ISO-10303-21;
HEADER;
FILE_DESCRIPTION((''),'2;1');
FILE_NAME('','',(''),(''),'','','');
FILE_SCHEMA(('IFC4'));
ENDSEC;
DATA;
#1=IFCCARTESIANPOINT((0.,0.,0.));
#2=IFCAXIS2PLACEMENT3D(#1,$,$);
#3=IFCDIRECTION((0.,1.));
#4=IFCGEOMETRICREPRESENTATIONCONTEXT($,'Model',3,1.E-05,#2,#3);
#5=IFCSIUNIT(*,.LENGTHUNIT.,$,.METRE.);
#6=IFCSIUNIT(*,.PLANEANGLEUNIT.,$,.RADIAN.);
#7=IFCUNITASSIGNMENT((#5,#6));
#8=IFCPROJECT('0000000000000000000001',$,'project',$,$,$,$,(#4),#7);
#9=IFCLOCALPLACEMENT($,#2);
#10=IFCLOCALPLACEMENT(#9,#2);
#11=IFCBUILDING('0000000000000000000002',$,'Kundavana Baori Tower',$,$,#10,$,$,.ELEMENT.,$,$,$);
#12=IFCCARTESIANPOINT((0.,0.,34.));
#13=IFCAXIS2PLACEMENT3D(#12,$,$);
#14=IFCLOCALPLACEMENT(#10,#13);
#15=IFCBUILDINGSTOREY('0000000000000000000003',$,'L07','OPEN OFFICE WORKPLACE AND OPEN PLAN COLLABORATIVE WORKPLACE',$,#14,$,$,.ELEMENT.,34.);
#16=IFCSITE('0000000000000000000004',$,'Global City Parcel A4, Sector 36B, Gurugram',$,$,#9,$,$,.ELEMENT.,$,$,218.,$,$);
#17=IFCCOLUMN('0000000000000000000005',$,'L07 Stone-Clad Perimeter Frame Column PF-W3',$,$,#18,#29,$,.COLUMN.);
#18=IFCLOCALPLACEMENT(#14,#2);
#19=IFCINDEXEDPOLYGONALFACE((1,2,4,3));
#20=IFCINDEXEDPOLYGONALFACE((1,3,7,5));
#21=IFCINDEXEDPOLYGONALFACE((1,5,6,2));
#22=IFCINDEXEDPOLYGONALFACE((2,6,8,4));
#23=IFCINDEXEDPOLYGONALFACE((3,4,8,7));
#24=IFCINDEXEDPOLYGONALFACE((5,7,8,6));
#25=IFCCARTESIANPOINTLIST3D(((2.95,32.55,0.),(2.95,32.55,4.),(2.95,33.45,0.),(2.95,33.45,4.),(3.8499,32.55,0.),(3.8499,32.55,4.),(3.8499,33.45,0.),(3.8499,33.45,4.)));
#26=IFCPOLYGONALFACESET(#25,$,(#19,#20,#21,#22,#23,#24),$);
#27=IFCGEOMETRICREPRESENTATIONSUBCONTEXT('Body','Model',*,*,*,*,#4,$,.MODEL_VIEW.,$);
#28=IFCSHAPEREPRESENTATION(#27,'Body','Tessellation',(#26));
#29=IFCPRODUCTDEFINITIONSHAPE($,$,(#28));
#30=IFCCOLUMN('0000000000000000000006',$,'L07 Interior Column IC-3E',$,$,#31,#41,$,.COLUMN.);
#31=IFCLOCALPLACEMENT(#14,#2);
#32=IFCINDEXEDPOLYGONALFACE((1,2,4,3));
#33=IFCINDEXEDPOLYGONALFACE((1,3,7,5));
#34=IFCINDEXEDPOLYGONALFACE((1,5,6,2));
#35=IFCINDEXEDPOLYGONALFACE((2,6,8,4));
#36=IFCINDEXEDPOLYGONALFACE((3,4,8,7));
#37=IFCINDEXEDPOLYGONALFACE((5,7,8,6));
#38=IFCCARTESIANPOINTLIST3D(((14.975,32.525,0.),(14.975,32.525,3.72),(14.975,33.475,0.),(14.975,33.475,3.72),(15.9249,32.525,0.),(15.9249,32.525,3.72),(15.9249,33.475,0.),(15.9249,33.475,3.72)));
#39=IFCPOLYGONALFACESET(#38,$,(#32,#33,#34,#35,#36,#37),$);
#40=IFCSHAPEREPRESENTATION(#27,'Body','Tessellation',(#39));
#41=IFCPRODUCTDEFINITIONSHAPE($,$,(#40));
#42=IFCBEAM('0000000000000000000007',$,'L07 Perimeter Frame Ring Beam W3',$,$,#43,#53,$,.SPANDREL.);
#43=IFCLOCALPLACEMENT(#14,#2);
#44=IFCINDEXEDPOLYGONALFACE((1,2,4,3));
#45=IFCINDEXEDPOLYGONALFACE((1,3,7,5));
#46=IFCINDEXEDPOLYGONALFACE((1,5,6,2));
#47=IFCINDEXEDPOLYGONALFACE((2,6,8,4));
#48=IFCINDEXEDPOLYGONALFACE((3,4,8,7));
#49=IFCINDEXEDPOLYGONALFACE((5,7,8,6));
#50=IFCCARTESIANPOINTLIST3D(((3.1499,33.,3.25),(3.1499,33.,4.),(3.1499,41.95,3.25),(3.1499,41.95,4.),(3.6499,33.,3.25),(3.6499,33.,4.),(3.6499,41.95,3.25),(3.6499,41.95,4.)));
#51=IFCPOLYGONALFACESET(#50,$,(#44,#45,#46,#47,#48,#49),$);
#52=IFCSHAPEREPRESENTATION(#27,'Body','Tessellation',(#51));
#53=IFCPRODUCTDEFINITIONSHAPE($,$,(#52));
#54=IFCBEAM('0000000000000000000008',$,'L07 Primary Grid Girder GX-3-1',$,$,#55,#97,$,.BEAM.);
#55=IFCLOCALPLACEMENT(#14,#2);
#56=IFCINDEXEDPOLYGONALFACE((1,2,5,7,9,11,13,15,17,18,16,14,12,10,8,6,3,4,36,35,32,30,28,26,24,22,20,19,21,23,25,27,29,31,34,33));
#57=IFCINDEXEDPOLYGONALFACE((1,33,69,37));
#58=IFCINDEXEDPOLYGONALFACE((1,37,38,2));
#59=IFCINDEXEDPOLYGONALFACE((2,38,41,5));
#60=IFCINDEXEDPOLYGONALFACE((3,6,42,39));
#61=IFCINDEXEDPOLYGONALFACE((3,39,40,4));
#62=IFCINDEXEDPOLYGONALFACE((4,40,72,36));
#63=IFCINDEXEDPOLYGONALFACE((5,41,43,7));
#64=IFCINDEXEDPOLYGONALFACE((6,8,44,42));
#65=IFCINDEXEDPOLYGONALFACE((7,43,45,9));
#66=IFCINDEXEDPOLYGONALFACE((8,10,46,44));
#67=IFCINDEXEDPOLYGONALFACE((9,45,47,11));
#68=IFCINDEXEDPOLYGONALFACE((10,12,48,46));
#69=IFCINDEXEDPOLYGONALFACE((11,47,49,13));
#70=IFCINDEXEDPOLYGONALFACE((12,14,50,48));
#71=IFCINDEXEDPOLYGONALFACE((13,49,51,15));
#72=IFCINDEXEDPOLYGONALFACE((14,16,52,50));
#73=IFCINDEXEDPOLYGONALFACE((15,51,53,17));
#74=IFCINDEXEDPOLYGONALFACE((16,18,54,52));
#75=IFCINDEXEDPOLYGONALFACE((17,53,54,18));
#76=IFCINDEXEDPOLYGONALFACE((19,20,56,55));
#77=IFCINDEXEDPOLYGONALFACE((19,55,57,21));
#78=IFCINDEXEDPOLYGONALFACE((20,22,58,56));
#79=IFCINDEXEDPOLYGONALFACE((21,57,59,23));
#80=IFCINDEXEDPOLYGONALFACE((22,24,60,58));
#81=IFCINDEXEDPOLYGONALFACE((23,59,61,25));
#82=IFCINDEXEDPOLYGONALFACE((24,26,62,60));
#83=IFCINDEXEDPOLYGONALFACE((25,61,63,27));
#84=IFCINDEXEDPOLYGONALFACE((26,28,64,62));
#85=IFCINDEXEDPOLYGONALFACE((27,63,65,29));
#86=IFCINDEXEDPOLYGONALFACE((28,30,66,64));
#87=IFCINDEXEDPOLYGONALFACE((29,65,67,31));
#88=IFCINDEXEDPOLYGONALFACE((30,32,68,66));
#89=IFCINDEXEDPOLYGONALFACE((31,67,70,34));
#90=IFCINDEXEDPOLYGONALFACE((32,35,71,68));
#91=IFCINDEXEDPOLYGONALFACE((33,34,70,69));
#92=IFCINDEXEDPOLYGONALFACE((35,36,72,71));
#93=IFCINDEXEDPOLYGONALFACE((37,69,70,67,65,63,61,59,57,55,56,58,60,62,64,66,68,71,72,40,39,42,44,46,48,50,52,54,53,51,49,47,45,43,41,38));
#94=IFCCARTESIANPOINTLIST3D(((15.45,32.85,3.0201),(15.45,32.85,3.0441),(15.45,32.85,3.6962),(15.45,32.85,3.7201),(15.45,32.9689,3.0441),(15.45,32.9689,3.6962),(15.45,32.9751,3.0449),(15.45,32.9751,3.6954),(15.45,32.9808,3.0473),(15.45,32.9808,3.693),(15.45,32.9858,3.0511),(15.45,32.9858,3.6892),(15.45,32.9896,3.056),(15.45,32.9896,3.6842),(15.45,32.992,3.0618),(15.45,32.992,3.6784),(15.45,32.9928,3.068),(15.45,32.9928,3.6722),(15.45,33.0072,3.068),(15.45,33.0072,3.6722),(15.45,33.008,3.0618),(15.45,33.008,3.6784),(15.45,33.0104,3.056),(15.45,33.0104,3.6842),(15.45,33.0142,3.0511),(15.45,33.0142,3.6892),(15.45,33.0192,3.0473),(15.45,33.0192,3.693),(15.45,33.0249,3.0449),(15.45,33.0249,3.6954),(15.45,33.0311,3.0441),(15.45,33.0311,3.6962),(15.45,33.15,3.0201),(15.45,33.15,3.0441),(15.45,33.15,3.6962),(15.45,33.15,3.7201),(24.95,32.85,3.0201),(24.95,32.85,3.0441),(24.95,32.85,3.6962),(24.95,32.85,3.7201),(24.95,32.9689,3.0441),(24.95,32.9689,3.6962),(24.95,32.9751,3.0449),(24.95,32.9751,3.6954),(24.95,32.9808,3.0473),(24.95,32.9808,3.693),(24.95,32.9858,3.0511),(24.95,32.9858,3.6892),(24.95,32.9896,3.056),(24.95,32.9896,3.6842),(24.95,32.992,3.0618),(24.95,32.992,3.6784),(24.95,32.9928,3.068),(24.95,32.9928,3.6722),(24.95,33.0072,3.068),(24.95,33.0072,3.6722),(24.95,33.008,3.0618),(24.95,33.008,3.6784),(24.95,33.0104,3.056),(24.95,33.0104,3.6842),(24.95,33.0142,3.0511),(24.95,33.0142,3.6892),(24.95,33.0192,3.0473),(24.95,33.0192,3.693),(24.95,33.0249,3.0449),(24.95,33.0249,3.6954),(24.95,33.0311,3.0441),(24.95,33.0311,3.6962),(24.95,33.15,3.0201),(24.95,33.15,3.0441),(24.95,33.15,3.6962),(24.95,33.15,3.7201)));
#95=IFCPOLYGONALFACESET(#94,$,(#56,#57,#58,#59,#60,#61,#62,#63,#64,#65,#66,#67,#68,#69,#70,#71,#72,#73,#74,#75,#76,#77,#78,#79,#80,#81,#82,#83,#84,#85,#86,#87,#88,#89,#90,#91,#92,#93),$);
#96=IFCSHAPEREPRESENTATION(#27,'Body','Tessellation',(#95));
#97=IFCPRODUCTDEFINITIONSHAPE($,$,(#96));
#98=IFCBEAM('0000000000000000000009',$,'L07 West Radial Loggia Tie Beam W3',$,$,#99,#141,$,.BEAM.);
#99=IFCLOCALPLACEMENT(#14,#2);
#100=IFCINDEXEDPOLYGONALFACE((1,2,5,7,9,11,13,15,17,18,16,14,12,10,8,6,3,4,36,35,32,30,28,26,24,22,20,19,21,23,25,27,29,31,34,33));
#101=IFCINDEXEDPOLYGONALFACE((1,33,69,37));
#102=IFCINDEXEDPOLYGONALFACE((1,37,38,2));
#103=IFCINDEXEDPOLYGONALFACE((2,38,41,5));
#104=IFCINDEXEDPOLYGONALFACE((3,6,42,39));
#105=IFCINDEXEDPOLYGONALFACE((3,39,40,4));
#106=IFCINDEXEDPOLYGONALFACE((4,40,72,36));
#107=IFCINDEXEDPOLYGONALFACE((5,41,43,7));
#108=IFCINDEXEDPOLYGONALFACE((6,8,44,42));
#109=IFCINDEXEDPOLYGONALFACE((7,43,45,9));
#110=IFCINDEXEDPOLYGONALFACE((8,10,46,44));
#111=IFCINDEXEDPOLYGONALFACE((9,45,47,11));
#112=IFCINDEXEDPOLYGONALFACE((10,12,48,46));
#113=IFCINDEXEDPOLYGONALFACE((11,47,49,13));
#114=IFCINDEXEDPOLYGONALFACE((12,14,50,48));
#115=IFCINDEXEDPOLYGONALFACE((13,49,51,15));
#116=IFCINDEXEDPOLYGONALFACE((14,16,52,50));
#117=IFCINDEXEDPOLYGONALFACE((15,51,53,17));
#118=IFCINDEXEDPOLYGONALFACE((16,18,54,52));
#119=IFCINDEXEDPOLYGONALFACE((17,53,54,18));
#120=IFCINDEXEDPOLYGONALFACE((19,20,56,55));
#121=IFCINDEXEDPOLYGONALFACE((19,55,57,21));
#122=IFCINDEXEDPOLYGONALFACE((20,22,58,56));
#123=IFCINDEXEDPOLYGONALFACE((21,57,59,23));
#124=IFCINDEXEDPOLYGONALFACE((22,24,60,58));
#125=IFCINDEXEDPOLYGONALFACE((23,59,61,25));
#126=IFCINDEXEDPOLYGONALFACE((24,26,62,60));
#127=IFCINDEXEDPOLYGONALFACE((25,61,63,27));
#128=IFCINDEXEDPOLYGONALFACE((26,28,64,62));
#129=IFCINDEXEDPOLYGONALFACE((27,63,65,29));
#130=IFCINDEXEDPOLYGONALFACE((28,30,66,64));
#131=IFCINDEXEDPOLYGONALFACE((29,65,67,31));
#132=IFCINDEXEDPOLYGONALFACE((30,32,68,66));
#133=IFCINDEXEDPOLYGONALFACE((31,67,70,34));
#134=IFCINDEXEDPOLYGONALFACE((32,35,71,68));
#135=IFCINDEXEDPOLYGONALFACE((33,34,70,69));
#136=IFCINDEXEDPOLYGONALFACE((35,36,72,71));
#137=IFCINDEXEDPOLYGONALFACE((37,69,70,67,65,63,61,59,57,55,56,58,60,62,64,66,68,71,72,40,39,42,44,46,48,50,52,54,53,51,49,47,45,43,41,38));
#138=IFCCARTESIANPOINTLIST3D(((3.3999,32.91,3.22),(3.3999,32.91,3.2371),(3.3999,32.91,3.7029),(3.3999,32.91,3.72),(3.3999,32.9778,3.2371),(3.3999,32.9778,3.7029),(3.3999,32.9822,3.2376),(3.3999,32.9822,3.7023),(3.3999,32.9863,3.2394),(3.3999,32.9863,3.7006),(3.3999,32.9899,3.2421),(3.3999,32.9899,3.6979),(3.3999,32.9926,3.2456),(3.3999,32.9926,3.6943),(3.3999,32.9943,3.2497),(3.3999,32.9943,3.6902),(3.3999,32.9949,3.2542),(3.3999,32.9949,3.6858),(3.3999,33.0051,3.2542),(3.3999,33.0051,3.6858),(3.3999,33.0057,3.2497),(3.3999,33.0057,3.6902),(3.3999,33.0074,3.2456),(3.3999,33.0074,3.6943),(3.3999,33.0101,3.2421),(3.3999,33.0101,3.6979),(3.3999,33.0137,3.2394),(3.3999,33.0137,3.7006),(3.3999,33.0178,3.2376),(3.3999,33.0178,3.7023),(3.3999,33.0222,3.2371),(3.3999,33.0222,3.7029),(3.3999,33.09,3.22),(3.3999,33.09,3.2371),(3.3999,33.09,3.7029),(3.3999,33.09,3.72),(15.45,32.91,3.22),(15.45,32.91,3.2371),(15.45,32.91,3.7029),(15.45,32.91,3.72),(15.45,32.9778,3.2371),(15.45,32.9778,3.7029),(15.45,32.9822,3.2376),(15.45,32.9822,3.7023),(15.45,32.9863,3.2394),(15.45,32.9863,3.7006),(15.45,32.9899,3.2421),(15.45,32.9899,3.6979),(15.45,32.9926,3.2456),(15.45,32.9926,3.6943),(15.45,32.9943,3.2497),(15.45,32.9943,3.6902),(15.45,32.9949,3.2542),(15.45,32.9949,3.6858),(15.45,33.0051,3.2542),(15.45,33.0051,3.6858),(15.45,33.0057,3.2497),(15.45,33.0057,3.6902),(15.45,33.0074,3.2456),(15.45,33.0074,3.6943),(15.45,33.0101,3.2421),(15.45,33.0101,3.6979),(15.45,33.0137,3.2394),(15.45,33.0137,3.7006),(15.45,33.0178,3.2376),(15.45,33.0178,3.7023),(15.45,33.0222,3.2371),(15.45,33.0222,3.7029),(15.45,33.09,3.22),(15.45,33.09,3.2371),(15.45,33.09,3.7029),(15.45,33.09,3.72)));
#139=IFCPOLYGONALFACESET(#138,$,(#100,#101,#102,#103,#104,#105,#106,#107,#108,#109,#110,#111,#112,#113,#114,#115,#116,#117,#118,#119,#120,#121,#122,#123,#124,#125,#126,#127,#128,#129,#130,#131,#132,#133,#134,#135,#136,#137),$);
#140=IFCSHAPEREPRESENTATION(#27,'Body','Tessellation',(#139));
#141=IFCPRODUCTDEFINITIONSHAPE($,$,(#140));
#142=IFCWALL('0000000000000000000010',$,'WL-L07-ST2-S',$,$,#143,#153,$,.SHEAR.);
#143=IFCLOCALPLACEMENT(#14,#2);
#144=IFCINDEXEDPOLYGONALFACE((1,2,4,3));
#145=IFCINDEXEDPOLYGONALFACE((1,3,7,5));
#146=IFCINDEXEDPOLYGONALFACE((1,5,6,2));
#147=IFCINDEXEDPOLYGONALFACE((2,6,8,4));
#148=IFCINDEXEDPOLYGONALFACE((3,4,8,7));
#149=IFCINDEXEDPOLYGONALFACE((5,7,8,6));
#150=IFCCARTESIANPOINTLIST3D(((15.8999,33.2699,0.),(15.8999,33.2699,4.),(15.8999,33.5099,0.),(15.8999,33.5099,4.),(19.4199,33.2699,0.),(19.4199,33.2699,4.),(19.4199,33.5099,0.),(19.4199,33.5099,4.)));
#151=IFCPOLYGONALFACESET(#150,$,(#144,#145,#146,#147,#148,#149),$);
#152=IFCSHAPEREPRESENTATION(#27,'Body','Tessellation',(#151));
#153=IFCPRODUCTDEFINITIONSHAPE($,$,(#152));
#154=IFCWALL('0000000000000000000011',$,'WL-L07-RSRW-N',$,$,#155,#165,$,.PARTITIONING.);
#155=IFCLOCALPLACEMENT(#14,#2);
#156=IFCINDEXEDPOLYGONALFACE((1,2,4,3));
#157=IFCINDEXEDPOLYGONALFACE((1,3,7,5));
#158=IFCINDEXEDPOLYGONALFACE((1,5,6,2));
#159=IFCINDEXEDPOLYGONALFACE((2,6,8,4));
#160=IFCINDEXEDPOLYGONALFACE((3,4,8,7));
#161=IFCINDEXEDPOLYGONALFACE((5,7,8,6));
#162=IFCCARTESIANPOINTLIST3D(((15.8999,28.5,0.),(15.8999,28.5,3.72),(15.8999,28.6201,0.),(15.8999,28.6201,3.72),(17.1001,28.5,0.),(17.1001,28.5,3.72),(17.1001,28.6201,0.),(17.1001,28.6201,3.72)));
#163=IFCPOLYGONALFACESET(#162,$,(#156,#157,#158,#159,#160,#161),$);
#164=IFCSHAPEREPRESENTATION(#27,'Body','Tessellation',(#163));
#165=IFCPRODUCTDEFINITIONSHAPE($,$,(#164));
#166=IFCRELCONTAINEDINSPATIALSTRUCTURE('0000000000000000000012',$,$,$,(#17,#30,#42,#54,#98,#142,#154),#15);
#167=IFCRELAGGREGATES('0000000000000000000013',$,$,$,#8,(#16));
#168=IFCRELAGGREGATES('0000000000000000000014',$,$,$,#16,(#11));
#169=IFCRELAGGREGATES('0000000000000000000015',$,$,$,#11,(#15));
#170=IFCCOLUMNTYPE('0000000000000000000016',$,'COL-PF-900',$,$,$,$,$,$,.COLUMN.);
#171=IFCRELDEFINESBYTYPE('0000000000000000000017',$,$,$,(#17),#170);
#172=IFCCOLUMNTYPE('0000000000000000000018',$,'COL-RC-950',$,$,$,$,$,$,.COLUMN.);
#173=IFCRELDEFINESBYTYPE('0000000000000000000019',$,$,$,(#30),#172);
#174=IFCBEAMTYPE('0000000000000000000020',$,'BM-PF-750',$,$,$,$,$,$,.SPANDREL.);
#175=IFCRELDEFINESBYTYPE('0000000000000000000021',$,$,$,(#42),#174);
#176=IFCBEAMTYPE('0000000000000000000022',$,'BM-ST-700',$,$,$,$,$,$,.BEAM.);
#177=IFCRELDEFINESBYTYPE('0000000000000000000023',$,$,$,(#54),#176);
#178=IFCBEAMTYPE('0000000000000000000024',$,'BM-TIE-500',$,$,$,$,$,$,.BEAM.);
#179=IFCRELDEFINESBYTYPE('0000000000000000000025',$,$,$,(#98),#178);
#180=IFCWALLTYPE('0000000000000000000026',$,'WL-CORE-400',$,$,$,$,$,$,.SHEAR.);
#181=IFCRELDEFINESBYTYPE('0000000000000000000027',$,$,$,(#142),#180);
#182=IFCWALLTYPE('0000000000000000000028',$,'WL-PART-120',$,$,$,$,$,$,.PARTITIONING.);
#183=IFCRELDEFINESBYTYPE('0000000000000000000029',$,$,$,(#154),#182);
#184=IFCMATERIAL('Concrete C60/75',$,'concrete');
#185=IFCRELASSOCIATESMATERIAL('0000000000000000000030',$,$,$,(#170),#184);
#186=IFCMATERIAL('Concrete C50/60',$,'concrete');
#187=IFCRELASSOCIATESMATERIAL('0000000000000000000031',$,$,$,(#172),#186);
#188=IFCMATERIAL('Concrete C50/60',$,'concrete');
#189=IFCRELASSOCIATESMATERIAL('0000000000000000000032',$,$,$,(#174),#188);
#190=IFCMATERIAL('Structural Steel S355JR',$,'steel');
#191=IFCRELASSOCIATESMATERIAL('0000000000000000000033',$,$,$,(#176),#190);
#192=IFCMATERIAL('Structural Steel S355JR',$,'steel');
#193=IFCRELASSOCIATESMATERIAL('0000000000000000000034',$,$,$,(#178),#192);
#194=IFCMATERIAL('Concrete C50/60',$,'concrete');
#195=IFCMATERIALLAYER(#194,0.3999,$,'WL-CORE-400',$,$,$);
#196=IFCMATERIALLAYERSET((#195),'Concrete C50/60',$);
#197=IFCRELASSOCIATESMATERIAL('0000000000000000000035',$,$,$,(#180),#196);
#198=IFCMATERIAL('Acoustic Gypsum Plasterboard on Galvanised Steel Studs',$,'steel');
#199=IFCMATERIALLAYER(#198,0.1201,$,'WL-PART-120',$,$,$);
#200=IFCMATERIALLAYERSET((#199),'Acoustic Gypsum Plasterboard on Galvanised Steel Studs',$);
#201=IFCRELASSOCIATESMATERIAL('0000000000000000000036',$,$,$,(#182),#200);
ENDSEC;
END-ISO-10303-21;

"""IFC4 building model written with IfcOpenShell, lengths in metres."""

from ifc_helpers import new_model, si_unit, direction, frame, frame_2d, origin, origin_2d, place, context, subcontext, project, spatial, rectangle, i_section, extrude, material, layer, layer_set, material_profile, profile_set, type_object, element, save


model = new_model("IFC4")

# Units and contexts
model_context = context("Model", 3, precision=1e-05, world=origin(), true_north=direction((0.0, 1.0)))
body_context = subcontext(model_context, "Body", "Model", "MODEL_VIEW")
ifc_project = project(units=[si_unit("LENGTHUNIT", "METRE"), si_unit("PLANEANGLEUNIT", "RADIAN")], contexts=[model_context])

# Site, building, storey
site_placement = place(None, origin())
site = spatial("IfcSite", under=ifc_project, at=site_placement, Name="Global City Parcel A4, Sector 36B, Gurugram", CompositionType="ELEMENT", RefElevation=218.0)
building_placement = place(site_placement, origin())
building = spatial("IfcBuilding", under=site, at=building_placement, Name="Kundavana Baori Tower", CompositionType="ELEMENT")
storey_placement = place(building_placement, frame((0.0, 0.0, 34.0)))
storey = spatial("IfcBuildingStorey", under=building, at=storey_placement, Name="L07", Description="OPEN OFFICE WORKPLACE AND OPEN PLAN COLLABORATIVE WORKPLACE", CompositionType="ELEMENT", Elevation=34.0)

# Columns
ifc_material_1 = material(Name="Concrete C60/75", Category="concrete")
ifc_material_profile_1 = material_profile(ifc_material_1, rectangle(XDim=0.8999, YDim=0.8999, at=origin_2d()), Name="RC PF 900x900")
ifc_profile_set_1 = profile_set([ifc_material_profile_1], Name="Concrete C60/75")
column_type_1 = type_object("IfcColumnType", Name="COL-PF-900", PredefinedType="COLUMN", material=ifc_profile_set_1)
column_1_placement = place(storey_placement, frame((3.3999, 33.0, 0.0), z_axis=(0.0, 0.0, 1.0), x_axis=(1.0, 0.0, 0.0)))
element("IfcColumn", 1, at=column_1_placement, inside=storey, type_object=column_type_1, Name="L07 Stone-Clad Perimeter Frame Column PF-W3", PredefinedType="COLUMN", context=body_context, shape_type="SweptSolid", body=[
    extrude(rectangle(XDim=0.8999, YDim=0.8999, at=origin_2d()), origin(), (0.0, 0.0, 1.0), 4.0),
])
ifc_material_2 = material(Name="Concrete C50/60", Category="concrete")
ifc_material_profile_2 = material_profile(ifc_material_2, rectangle(XDim=0.95, YDim=0.95, at=origin_2d()), Name="RC 950x950")
ifc_profile_set_2 = profile_set([ifc_material_profile_2], Name="Concrete C50/60")
column_type_2 = type_object("IfcColumnType", Name="COL-RC-950", PredefinedType="COLUMN", material=ifc_profile_set_2)
column_2_placement = place(storey_placement, frame((15.45, 33.0, 0.0), z_axis=(0.0, 0.0, 1.0), x_axis=(1.0, 0.0, 0.0)))
element("IfcColumn", 2, at=column_2_placement, inside=storey, type_object=column_type_2, Name="L07 Interior Column IC-3E", PredefinedType="COLUMN", context=body_context, shape_type="SweptSolid", body=[
    extrude(rectangle(XDim=0.95, YDim=0.95, at=origin_2d()), origin(), (0.0, 0.0, 1.0), 3.72),
])

# Beams
ifc_material_3 = material(Name="Concrete C50/60", Category="concrete")
ifc_material_profile_3 = material_profile(ifc_material_3, rectangle(XDim=0.5, YDim=0.75, at=origin_2d()), Name="RC BM 500x750")
ifc_profile_set_3 = profile_set([ifc_material_profile_3], Name="Concrete C50/60")
beam_type_1 = type_object("IfcBeamType", Name="BM-PF-750", PredefinedType="SPANDREL", material=ifc_profile_set_3)
beam_1_placement = place(storey_placement, frame((3.3999, 33.0, 3.625), z_axis=(0.0, 1.0, 0.0), x_axis=(-1.0, 0.0, 0.0)))
element("IfcBeam", 3, at=beam_1_placement, inside=storey, type_object=beam_type_1, Name="L07 Perimeter Frame Ring Beam W3", PredefinedType="SPANDREL", context=body_context, shape_type="SweptSolid", body=[
    extrude(rectangle(XDim=0.5, YDim=0.75, at=origin_2d()), origin(), (0.0, 0.0, 1.0), 8.95),
])
ifc_material_4 = material(Name="Structural Steel S355JR", Category="steel")
ifc_material_profile_4 = material_profile(ifc_material_4, i_section(OverallWidth=0.3, OverallDepth=0.7, WebThickness=0.0144, FlangeThickness=0.0239, FilletRadius=0.0239, at=origin_2d()), Name="NPB 700x300x170")
ifc_profile_set_4 = profile_set([ifc_material_profile_4], Name="Structural Steel S355JR")
beam_type_2 = type_object("IfcBeamType", Name="BM-ST-700", PredefinedType="BEAM", material=ifc_profile_set_4)
beam_2_placement = place(storey_placement, frame((15.45, 33.0, 3.3701), z_axis=(1.0, 0.0, 0.0), x_axis=(0.0, 1.0, 0.0)))
element("IfcBeam", 4, at=beam_2_placement, inside=storey, type_object=beam_type_2, Name="L07 Primary Grid Girder GX-3-1", PredefinedType="BEAM", context=body_context, shape_type="SweptSolid", body=[
    extrude(i_section(OverallWidth=0.3, OverallDepth=0.7, WebThickness=0.0144, FlangeThickness=0.0239, FilletRadius=0.0239, at=origin_2d()), origin(), (0.0, 0.0, 1.0), 9.5),
])
ifc_material_5 = material(Name="Structural Steel S355JR", Category="steel")
ifc_material_profile_5 = material_profile(ifc_material_5, i_section(OverallWidth=0.1799, OverallDepth=0.5, WebThickness=0.0103, FlangeThickness=0.0171, FilletRadius=0.0171, at=origin_2d()), Name="ISMB 500")
ifc_profile_set_5 = profile_set([ifc_material_profile_5], Name="Structural Steel S355JR")
beam_type_3 = type_object("IfcBeamType", Name="BM-TIE-500", PredefinedType="BEAM", material=ifc_profile_set_5)
beam_3_placement = place(storey_placement, frame((15.45, 33.0, 3.47), z_axis=(-1.0, 0.0, 0.0), x_axis=(0.0, -1.0, 0.0)))
element("IfcBeam", 5, at=beam_3_placement, inside=storey, type_object=beam_type_3, Name="L07 West Radial Loggia Tie Beam W3", PredefinedType="BEAM", context=body_context, shape_type="SweptSolid", body=[
    extrude(i_section(OverallWidth=0.1799, OverallDepth=0.5, WebThickness=0.0103, FlangeThickness=0.0171, FilletRadius=0.0171, at=origin_2d()), origin(), (0.0, 0.0, 1.0), 12.05),
])

# Walls
ifc_material_6 = material(Name="Concrete C50/60", Category="concrete")
ifc_layer_1 = layer(ifc_material_6, 0.3999, Name="WL-CORE-400")
ifc_layer_set_1 = layer_set([ifc_layer_1], Name="Concrete C50/60")
wall_type_1 = type_object("IfcWallType", Name="WL-CORE-400", PredefinedType="SHEAR", material=ifc_layer_set_1)
wall_1_placement = place(storey_placement, frame((15.8999, 33.3899, 0.0), z_axis=(0.0, 0.0, 1.0), x_axis=(1.0, 0.0, 0.0)))
element("IfcWall", 6, at=wall_1_placement, inside=storey, type_object=wall_type_1, Name="WL-L07-ST2-S", PredefinedType="SHEAR", context=body_context, shape_type="SweptSolid", body=[
    extrude(rectangle(XDim=3.52, YDim=0.24, at=frame_2d((1.76, 0.0))), origin(), (0.0, 0.0, 1.0), 4.0),
])
ifc_material_7 = material(Name="Acoustic Gypsum Plasterboard on Galvanised Steel Studs", Category="steel")
ifc_layer_2 = layer(ifc_material_7, 0.1201, Name="WL-PART-120")
ifc_layer_set_2 = layer_set([ifc_layer_2], Name="Acoustic Gypsum Plasterboard on Galvanised Steel Studs")
wall_type_2 = type_object("IfcWallType", Name="WL-PART-120", PredefinedType="PARTITIONING", material=ifc_layer_set_2)
wall_2_placement = place(storey_placement, frame((15.8999, 28.5601, 0.0), z_axis=(0.0, 0.0, 1.0), x_axis=(1.0, 0.0, 0.0)))
element("IfcWall", 7, at=wall_2_placement, inside=storey, type_object=wall_type_2, Name="WL-L07-RSRW-N", PredefinedType="PARTITIONING", context=body_context, shape_type="SweptSolid", body=[
    extrude(rectangle(XDim=1.2002, YDim=0.1201, at=frame_2d((0.6001, 0.0))), origin(), (0.0, 0.0, 1.0), 3.72),
])

save(model, "model.ifc")
